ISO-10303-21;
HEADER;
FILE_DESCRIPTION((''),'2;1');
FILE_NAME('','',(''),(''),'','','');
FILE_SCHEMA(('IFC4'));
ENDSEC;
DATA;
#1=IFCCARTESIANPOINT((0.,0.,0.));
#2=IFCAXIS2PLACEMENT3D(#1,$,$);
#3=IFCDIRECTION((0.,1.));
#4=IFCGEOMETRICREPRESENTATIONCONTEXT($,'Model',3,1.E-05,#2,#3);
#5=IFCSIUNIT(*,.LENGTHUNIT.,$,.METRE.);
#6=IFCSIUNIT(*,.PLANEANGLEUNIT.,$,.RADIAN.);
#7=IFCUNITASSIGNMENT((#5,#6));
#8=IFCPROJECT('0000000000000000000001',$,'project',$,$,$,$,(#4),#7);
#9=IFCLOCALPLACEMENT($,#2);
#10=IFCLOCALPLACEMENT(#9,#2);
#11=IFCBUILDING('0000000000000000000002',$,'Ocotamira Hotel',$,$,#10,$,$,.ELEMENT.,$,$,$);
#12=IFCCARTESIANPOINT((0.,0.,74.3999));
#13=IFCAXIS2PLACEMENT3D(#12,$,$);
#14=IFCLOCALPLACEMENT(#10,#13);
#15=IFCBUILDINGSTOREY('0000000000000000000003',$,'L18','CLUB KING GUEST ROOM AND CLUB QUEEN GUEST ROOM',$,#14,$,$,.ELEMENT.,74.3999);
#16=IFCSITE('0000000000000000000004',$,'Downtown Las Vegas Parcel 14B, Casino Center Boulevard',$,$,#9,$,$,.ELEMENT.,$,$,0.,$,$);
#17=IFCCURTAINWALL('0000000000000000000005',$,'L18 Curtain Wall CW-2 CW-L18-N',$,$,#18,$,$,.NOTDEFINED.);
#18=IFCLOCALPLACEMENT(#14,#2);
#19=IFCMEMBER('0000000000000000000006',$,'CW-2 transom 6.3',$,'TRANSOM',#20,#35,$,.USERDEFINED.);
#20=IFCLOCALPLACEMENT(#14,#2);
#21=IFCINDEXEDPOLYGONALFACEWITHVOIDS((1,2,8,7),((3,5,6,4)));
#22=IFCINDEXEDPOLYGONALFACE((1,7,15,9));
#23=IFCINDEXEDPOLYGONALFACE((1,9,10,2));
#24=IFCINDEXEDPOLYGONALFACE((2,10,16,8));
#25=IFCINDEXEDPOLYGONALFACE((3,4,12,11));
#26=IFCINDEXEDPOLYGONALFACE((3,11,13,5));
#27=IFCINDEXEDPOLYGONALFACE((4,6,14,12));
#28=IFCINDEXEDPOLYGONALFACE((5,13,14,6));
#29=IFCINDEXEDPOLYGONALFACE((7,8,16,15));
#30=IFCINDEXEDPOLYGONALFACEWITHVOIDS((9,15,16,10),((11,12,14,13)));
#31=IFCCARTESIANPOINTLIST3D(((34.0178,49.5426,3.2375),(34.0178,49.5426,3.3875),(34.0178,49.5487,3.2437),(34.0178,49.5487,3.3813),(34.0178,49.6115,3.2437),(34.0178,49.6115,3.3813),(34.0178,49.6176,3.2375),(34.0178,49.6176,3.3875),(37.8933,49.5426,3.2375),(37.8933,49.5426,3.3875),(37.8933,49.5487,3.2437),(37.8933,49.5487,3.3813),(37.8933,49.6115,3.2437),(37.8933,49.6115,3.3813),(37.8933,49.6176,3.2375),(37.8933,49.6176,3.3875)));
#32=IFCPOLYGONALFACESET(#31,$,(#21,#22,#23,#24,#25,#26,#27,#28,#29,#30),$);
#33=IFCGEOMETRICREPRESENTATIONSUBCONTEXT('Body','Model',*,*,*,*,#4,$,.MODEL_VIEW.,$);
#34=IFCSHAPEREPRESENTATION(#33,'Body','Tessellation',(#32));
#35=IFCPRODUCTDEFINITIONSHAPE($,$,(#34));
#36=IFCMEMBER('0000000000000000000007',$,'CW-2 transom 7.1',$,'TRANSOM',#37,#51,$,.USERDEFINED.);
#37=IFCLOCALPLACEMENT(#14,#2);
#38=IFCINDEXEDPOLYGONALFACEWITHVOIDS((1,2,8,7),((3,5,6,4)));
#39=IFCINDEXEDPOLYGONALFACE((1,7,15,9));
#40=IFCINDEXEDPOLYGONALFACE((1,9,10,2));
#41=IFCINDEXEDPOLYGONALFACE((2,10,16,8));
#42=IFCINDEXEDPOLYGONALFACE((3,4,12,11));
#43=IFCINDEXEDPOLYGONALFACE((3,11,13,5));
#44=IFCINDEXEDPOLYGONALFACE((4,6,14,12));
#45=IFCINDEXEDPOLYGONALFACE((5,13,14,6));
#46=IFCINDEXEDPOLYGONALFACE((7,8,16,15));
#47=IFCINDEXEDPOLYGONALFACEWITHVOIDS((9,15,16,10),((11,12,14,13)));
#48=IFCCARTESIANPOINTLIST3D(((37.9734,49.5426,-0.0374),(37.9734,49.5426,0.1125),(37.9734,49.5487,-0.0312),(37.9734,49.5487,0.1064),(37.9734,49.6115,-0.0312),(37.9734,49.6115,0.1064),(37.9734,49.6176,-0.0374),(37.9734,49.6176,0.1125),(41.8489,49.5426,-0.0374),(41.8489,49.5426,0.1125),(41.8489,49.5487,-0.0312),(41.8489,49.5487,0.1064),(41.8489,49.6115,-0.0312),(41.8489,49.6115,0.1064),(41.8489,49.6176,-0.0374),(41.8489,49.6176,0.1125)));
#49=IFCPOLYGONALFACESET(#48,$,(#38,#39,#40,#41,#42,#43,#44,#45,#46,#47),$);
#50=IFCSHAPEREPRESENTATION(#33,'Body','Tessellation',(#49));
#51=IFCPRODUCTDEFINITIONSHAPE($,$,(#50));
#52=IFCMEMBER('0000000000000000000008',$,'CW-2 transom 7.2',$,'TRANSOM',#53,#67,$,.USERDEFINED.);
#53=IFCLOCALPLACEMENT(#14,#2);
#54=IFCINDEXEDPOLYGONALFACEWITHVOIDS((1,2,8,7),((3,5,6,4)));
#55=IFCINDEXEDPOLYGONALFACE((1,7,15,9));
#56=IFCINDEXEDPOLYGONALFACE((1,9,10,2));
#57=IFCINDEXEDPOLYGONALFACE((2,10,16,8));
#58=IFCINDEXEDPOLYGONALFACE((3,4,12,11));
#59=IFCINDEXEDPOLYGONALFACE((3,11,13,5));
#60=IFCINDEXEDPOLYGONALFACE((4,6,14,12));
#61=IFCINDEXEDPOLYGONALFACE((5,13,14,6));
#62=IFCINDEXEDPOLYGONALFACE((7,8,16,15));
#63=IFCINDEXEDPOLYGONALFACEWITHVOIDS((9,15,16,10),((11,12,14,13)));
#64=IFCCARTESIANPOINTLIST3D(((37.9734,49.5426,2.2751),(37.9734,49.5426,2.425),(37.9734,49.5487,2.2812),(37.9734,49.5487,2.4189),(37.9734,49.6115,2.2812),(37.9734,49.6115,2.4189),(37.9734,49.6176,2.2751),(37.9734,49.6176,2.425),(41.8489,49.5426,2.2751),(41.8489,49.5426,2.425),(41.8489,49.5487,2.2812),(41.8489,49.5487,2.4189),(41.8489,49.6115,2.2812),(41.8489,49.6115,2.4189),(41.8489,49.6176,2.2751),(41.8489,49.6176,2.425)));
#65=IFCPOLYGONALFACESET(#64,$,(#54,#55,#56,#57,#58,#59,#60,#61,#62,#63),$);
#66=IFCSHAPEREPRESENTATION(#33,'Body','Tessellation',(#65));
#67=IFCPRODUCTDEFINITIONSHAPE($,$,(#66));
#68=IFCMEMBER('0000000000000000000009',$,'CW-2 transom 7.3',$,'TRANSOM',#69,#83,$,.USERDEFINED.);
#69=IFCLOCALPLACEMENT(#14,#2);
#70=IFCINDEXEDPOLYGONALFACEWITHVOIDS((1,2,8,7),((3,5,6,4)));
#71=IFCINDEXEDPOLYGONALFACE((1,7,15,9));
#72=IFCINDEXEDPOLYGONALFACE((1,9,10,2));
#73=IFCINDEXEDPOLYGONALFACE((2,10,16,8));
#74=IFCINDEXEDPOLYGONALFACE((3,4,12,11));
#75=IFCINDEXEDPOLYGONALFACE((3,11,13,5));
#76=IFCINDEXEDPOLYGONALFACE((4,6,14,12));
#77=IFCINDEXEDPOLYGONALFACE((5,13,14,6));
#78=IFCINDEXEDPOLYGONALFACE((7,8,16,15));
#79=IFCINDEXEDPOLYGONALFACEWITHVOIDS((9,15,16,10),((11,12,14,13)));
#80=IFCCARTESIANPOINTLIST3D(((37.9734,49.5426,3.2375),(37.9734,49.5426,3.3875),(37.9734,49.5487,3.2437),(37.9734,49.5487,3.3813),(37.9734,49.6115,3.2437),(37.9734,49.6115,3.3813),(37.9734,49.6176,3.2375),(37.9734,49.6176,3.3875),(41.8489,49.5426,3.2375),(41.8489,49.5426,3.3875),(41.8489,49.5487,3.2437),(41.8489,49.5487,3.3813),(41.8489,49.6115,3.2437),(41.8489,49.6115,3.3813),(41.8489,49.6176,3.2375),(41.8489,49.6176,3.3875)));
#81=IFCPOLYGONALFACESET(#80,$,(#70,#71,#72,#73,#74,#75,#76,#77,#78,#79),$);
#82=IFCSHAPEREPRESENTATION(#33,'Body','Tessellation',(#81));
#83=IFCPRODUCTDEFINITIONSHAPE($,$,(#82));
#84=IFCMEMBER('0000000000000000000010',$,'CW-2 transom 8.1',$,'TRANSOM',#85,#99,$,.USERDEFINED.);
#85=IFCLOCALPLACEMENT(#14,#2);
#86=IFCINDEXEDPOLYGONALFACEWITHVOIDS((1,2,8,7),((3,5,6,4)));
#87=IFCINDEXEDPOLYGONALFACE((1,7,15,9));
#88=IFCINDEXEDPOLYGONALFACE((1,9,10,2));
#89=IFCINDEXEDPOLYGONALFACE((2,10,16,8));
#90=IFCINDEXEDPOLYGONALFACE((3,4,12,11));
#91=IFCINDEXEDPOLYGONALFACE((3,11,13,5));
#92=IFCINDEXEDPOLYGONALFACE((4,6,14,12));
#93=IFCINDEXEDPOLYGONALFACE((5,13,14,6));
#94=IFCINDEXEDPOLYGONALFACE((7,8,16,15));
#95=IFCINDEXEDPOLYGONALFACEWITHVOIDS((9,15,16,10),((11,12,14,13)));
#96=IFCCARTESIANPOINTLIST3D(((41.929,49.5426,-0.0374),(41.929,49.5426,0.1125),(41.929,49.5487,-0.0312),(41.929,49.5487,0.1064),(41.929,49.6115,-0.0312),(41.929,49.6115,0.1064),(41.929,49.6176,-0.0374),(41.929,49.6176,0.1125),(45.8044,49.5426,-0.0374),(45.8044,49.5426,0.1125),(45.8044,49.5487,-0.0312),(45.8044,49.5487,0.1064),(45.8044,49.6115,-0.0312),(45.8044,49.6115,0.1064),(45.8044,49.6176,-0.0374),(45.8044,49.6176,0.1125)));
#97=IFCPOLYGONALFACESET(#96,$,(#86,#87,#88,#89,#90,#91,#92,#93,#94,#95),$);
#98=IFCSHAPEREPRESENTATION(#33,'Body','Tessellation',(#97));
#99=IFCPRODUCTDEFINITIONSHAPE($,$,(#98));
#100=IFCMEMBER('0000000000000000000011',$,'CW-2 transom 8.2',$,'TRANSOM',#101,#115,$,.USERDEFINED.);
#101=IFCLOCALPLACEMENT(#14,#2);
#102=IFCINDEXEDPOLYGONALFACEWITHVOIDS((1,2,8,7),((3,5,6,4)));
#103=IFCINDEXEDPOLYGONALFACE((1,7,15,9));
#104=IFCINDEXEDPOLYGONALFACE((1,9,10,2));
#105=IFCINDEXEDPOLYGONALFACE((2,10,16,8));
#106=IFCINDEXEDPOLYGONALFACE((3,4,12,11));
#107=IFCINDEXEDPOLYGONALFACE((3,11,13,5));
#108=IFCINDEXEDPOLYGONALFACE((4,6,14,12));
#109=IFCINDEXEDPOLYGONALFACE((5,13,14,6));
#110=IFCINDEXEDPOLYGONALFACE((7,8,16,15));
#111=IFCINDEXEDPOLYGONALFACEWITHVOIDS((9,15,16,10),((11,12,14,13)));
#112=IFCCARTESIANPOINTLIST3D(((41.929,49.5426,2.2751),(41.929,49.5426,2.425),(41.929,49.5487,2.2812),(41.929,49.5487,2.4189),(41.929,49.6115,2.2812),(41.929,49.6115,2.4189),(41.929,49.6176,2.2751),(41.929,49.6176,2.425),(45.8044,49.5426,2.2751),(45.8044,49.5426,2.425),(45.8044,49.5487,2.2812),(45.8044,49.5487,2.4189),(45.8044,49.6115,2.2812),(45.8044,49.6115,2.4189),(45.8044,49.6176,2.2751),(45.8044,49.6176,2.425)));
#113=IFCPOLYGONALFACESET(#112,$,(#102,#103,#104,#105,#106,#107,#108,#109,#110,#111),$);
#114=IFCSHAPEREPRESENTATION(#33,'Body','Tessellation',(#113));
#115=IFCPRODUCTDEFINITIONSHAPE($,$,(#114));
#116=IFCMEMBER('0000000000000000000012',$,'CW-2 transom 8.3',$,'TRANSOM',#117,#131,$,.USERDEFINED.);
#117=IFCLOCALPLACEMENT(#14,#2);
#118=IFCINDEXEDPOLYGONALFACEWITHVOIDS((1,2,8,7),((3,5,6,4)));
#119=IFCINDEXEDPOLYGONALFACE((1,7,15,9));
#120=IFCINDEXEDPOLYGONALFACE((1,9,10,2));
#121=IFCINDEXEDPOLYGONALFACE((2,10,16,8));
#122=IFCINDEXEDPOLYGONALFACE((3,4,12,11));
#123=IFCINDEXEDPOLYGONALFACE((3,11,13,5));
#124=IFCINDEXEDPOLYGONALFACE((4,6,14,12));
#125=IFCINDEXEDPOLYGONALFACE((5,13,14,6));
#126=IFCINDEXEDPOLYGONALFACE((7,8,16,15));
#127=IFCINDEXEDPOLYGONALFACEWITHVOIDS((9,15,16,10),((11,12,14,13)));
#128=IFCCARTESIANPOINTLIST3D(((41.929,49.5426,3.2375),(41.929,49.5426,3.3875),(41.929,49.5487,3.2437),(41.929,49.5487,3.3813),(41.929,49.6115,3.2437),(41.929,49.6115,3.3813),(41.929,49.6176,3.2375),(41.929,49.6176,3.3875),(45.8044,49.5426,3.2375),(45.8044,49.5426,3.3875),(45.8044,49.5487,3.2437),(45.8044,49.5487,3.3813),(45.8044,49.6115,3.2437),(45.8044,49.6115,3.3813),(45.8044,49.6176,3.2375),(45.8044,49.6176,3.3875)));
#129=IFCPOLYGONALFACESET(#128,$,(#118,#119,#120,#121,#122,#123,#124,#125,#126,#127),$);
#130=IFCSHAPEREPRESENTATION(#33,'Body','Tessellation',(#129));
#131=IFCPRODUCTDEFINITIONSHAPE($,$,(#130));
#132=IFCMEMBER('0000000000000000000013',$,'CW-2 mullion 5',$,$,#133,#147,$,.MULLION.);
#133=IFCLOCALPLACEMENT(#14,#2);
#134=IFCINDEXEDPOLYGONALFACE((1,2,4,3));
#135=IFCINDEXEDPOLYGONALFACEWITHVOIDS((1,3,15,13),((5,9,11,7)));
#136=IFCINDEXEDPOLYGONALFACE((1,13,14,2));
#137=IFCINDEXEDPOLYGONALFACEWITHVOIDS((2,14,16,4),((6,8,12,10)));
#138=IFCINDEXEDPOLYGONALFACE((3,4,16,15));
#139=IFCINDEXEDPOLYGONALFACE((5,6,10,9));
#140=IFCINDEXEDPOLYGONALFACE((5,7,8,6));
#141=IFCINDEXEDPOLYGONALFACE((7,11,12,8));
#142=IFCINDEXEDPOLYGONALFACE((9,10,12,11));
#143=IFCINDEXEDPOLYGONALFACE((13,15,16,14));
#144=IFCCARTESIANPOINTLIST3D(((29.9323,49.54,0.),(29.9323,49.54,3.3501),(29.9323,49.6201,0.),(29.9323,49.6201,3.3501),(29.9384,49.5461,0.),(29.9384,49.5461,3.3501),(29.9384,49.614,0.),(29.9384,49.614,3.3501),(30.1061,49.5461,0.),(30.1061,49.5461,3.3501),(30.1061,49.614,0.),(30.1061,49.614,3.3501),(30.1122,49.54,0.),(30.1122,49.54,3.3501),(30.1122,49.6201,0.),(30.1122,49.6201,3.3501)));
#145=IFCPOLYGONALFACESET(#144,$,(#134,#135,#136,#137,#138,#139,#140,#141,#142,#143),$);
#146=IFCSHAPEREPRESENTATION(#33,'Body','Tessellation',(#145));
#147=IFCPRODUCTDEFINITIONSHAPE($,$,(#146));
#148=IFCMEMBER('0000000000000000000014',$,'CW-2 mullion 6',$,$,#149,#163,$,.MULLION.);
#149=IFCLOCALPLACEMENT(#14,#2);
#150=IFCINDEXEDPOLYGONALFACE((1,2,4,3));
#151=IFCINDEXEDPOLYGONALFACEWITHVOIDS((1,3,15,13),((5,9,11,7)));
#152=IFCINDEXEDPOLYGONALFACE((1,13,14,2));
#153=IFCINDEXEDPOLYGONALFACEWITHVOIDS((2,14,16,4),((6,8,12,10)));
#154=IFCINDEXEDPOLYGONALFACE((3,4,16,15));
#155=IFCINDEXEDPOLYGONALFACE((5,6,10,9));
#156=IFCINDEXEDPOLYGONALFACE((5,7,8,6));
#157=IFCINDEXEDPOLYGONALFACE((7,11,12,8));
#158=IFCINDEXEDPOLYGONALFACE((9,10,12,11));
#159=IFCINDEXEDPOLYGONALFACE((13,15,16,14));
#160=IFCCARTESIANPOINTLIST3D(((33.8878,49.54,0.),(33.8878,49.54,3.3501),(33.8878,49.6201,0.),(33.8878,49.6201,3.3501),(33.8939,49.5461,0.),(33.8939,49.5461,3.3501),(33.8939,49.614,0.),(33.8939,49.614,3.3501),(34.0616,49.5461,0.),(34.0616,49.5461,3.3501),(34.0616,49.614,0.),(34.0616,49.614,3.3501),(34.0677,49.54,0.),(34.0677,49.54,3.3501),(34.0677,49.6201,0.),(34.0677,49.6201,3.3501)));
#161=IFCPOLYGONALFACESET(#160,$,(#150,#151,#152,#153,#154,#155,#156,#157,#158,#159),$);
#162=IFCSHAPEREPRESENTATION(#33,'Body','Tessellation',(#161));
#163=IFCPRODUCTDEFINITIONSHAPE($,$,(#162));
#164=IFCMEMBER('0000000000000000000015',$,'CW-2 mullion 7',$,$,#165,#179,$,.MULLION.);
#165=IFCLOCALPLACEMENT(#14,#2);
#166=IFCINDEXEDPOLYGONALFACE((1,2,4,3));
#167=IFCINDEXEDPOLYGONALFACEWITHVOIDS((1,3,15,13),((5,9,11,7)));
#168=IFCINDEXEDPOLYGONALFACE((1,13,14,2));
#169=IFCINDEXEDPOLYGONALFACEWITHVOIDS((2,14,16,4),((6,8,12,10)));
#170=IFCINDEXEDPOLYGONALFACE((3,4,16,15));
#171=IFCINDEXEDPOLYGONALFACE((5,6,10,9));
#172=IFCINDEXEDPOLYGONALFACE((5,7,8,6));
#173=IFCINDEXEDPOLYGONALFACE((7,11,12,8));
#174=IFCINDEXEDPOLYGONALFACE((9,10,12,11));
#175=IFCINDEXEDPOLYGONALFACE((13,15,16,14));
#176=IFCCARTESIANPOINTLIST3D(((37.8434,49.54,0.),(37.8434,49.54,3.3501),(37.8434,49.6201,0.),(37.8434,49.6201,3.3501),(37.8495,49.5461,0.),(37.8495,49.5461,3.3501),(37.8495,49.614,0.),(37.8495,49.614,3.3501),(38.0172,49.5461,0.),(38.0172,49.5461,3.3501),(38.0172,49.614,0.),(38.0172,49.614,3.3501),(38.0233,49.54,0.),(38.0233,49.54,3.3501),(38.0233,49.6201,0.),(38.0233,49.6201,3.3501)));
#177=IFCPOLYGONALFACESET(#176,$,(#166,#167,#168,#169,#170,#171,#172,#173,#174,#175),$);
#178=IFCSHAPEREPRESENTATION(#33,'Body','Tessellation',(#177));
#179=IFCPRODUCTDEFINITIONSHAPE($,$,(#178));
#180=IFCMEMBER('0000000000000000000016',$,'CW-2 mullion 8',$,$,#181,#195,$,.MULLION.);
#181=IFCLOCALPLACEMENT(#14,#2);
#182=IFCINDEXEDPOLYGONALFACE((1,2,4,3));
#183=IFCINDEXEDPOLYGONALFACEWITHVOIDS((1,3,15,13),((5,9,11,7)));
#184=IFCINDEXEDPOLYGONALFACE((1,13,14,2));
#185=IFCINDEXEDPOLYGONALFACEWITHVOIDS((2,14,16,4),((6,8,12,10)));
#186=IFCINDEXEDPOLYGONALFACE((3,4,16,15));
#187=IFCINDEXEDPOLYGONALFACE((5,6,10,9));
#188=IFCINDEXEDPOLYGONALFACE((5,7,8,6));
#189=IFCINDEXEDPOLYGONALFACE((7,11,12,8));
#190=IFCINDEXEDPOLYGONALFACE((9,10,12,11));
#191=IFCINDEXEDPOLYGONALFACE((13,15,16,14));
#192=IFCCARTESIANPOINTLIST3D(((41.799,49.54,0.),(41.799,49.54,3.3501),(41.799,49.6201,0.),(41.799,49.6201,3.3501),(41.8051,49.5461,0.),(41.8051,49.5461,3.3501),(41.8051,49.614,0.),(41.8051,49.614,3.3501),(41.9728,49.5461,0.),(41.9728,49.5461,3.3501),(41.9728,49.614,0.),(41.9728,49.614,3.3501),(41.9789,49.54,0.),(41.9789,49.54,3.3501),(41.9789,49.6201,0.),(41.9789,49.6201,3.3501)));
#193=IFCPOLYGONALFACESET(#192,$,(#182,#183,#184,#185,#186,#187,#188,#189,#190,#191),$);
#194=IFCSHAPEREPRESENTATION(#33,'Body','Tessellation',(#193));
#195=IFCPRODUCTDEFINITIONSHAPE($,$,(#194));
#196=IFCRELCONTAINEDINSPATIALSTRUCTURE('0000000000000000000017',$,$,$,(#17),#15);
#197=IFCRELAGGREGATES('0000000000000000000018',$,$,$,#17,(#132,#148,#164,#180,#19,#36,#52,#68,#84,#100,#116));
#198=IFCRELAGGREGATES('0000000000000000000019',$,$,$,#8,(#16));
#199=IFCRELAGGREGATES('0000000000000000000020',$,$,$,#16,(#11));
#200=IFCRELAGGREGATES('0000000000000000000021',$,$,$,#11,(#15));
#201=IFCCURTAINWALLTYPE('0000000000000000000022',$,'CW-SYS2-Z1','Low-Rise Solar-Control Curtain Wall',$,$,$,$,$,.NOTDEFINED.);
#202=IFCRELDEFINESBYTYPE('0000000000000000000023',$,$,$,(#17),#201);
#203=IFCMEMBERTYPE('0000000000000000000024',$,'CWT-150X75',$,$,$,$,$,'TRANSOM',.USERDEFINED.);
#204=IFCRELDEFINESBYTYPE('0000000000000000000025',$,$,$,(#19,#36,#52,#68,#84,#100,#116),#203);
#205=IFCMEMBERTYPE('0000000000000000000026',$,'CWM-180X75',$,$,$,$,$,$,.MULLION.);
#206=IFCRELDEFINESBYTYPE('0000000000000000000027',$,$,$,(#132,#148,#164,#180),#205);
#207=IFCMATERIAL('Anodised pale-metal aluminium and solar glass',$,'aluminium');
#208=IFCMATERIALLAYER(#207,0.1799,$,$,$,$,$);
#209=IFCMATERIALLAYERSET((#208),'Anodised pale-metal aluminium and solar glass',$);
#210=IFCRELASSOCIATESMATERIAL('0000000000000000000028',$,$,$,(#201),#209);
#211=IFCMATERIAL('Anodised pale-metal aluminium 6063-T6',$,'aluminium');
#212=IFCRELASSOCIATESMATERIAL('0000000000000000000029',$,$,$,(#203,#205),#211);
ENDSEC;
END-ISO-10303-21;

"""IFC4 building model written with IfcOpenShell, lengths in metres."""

from ifc_helpers import new_model, si_unit, direction, frame, origin, origin_2d, place, context, subcontext, project, spatial, hollow_rectangle, extrude, source, transform, mapped, material, layer, layer_set, material_profile, profile_set, type_object, element, aggregate, save


model = new_model("IFC4")

# Units and contexts
model_context = context("Model", 3, precision=1e-05, world=origin(), true_north=direction((0.0, 1.0)))
body_context = subcontext(model_context, "Body", "Model", "MODEL_VIEW")
ifc_project = project(units=[si_unit("LENGTHUNIT", "METRE"), si_unit("PLANEANGLEUNIT", "RADIAN")], contexts=[model_context])

# Site, building, storey
site_placement = place(None, origin())
site = spatial("IfcSite", under=ifc_project, at=site_placement, Name="Downtown Las Vegas Parcel 14B, Casino Center Boulevard", CompositionType="ELEMENT", RefElevation=0.0)
building_placement = place(site_placement, origin())
building = spatial("IfcBuilding", under=site, at=building_placement, Name="Ocotamira Hotel", CompositionType="ELEMENT")
storey_placement = place(building_placement, frame((0.0, 0.0, 74.3999)))
storey = spatial("IfcBuildingStorey", under=building, at=storey_placement, Name="L18", Description="CLUB KING GUEST ROOM AND CLUB QUEEN GUEST ROOM", CompositionType="ELEMENT", Elevation=74.3999)

# Curtain wall, members
ifc_material_1 = material(Name="Anodised pale-metal aluminium and solar glass", Category="aluminium")
ifc_layer_1 = layer(ifc_material_1, 0.1799)
ifc_layer_set_1 = layer_set([ifc_layer_1], Name="Anodised pale-metal aluminium and solar glass")
curtain_wall_type = type_object("IfcCurtainWallType", Name="CW-SYS2-Z1", Description="Low-Rise Solar-Control Curtain Wall", PredefinedType="NOTDEFINED", material=ifc_layer_set_1)
curtain_wall_placement = place(storey_placement, origin())
curtain_wall = element("IfcCurtainWall", 1, at=curtain_wall_placement, inside=storey, type_object=curtain_wall_type, Name="L18 Curtain Wall CW-2 CW-L18-N", PredefinedType="NOTDEFINED")
ifc_material_2 = material(Name="Anodised pale-metal aluminium 6063-T6", Category="aluminium")
ifc_material_profile_1 = material_profile(ifc_material_2, hollow_rectangle(XDim=0.075, YDim=0.1499, WallThickness=0.0061, at=origin_2d()), Name="HSS150X75X6")
ifc_profile_set_1 = profile_set([ifc_material_profile_1], Name="Anodised pale-metal aluminium 6063-T6")
member_type_1 = type_object("IfcMemberType", Name="CWT-150X75", ElementType="TRANSOM", PredefinedType="USERDEFINED", material=ifc_profile_set_1)
shared_shape_1 = source(origin(), body_context, "Body", "SweptSolid", [
    extrude(hollow_rectangle(XDim=0.075, YDim=0.1499, WallThickness=0.0061, at=origin_2d()), origin(), (0.0, 0.0, 1.0), 3.8755),
])
member_1_placement = place(storey_placement, frame((34.0178, 49.5801, 3.3125), z_axis=(1.0, 0.0, 0.0), x_axis=(0.0, 1.0, 0.0)))
member_1 = element("IfcMember", 2, at=member_1_placement, type_object=member_type_1, Name="CW-2 transom 6.3", ObjectType="TRANSOM", PredefinedType="USERDEFINED", context=body_context, shape_type="MappedRepresentation", body=[
    mapped(shared_shape_1, transform((0.0, 0.0, 0.0), scale=1.0)),
])
member_2_placement = place(storey_placement, frame((37.9734, 49.5801, 0.0376), z_axis=(1.0, 0.0, 0.0), x_axis=(0.0, 1.0, 0.0)))
member_2 = element("IfcMember", 3, at=member_2_placement, type_object=member_type_1, Name="CW-2 transom 7.1", ObjectType="TRANSOM", PredefinedType="USERDEFINED", context=body_context, shape_type="MappedRepresentation", body=[
    mapped(shared_shape_1, transform((0.0, 0.0, 0.0), scale=1.0)),
])
member_3_placement = place(storey_placement, frame((37.9734, 49.5801, 2.3501), z_axis=(1.0, 0.0, 0.0), x_axis=(0.0, 1.0, 0.0)))
member_3 = element("IfcMember", 4, at=member_3_placement, type_object=member_type_1, Name="CW-2 transom 7.2", ObjectType="TRANSOM", PredefinedType="USERDEFINED", context=body_context, shape_type="MappedRepresentation", body=[
    mapped(shared_shape_1, transform((0.0, 0.0, 0.0), scale=1.0)),
])
member_4_placement = place(storey_placement, frame((37.9734, 49.5801, 3.3125), z_axis=(1.0, 0.0, 0.0), x_axis=(0.0, 1.0, 0.0)))
member_4 = element("IfcMember", 5, at=member_4_placement, type_object=member_type_1, Name="CW-2 transom 7.3", ObjectType="TRANSOM", PredefinedType="USERDEFINED", context=body_context, shape_type="MappedRepresentation", body=[
    mapped(shared_shape_1, transform((0.0, 0.0, 0.0), scale=1.0)),
])
member_5_placement = place(storey_placement, frame((41.929, 49.5801, 0.0376), z_axis=(1.0, 0.0, 0.0), x_axis=(0.0, 1.0, 0.0)))
member_5 = element("IfcMember", 6, at=member_5_placement, type_object=member_type_1, Name="CW-2 transom 8.1", ObjectType="TRANSOM", PredefinedType="USERDEFINED", context=body_context, shape_type="MappedRepresentation", body=[
    mapped(shared_shape_1, transform((0.0, 0.0, 0.0), scale=1.0)),
])
member_6_placement = place(storey_placement, frame((41.929, 49.5801, 2.3501), z_axis=(1.0, 0.0, 0.0), x_axis=(0.0, 1.0, 0.0)))
member_6 = element("IfcMember", 7, at=member_6_placement, type_object=member_type_1, Name="CW-2 transom 8.2", ObjectType="TRANSOM", PredefinedType="USERDEFINED", context=body_context, shape_type="MappedRepresentation", body=[
    mapped(shared_shape_1, transform((0.0, 0.0, 0.0), scale=1.0)),
])
member_7_placement = place(storey_placement, frame((41.929, 49.5801, 3.3125), z_axis=(1.0, 0.0, 0.0), x_axis=(0.0, 1.0, 0.0)))
member_7 = element("IfcMember", 8, at=member_7_placement, type_object=member_type_1, Name="CW-2 transom 8.3", ObjectType="TRANSOM", PredefinedType="USERDEFINED", context=body_context, shape_type="MappedRepresentation", body=[
    mapped(shared_shape_1, transform((0.0, 0.0, 0.0), scale=1.0)),
])
ifc_material_profile_2 = material_profile(ifc_material_2, hollow_rectangle(XDim=0.0801, YDim=0.1799, WallThickness=0.0061, at=origin_2d()), Name="HSS180X80X6")
ifc_profile_set_2 = profile_set([ifc_material_profile_2], Name="Anodised pale-metal aluminium 6063-T6")
member_type_2 = type_object("IfcMemberType", Name="CWM-180X75", PredefinedType="MULLION", material=ifc_profile_set_2)
shared_shape_2 = source(origin(), body_context, "Body", "SweptSolid", [
    extrude(hollow_rectangle(XDim=0.0801, YDim=0.1799, WallThickness=0.0061, at=origin_2d()), origin(), (0.0, 0.0, 1.0), 3.3501),
])
member_8_placement = place(storey_placement, frame((30.0222, 49.5801, 0.0), z_axis=(0.0, 0.0, 1.0), x_axis=(0.0, 1.0, 0.0)))
member_8 = element("IfcMember", 9, at=member_8_placement, type_object=member_type_2, Name="CW-2 mullion 5", PredefinedType="MULLION", context=body_context, shape_type="MappedRepresentation", body=[
    mapped(shared_shape_2, transform((0.0, 0.0, 0.0), scale=1.0)),
])
member_9_placement = place(storey_placement, frame((33.9778, 49.5801, 0.0), z_axis=(0.0, 0.0, 1.0), x_axis=(0.0, 1.0, 0.0)))
member_9 = element("IfcMember", 10, at=member_9_placement, type_object=member_type_2, Name="CW-2 mullion 6", PredefinedType="MULLION", context=body_context, shape_type="MappedRepresentation", body=[
    mapped(shared_shape_2, transform((0.0, 0.0, 0.0), scale=1.0)),
])
member_10_placement = place(storey_placement, frame((37.9333, 49.5801, 0.0), z_axis=(0.0, 0.0, 1.0), x_axis=(0.0, 1.0, 0.0)))
member_10 = element("IfcMember", 11, at=member_10_placement, type_object=member_type_2, Name="CW-2 mullion 7", PredefinedType="MULLION", context=body_context, shape_type="MappedRepresentation", body=[
    mapped(shared_shape_2, transform((0.0, 0.0, 0.0), scale=1.0)),
])
member_11_placement = place(storey_placement, frame((41.8889, 49.5801, 0.0), z_axis=(0.0, 0.0, 1.0), x_axis=(0.0, 1.0, 0.0)))
member_11 = element("IfcMember", 12, at=member_11_placement, type_object=member_type_2, Name="CW-2 mullion 8", PredefinedType="MULLION", context=body_context, shape_type="MappedRepresentation", body=[
    mapped(shared_shape_2, transform((0.0, 0.0, 0.0), scale=1.0)),
])

aggregate(curtain_wall, [member_8, member_9, member_10, member_11, member_1, member_2, member_3, member_4, member_5, member_6, member_7])

save(model, "model.ifc")
